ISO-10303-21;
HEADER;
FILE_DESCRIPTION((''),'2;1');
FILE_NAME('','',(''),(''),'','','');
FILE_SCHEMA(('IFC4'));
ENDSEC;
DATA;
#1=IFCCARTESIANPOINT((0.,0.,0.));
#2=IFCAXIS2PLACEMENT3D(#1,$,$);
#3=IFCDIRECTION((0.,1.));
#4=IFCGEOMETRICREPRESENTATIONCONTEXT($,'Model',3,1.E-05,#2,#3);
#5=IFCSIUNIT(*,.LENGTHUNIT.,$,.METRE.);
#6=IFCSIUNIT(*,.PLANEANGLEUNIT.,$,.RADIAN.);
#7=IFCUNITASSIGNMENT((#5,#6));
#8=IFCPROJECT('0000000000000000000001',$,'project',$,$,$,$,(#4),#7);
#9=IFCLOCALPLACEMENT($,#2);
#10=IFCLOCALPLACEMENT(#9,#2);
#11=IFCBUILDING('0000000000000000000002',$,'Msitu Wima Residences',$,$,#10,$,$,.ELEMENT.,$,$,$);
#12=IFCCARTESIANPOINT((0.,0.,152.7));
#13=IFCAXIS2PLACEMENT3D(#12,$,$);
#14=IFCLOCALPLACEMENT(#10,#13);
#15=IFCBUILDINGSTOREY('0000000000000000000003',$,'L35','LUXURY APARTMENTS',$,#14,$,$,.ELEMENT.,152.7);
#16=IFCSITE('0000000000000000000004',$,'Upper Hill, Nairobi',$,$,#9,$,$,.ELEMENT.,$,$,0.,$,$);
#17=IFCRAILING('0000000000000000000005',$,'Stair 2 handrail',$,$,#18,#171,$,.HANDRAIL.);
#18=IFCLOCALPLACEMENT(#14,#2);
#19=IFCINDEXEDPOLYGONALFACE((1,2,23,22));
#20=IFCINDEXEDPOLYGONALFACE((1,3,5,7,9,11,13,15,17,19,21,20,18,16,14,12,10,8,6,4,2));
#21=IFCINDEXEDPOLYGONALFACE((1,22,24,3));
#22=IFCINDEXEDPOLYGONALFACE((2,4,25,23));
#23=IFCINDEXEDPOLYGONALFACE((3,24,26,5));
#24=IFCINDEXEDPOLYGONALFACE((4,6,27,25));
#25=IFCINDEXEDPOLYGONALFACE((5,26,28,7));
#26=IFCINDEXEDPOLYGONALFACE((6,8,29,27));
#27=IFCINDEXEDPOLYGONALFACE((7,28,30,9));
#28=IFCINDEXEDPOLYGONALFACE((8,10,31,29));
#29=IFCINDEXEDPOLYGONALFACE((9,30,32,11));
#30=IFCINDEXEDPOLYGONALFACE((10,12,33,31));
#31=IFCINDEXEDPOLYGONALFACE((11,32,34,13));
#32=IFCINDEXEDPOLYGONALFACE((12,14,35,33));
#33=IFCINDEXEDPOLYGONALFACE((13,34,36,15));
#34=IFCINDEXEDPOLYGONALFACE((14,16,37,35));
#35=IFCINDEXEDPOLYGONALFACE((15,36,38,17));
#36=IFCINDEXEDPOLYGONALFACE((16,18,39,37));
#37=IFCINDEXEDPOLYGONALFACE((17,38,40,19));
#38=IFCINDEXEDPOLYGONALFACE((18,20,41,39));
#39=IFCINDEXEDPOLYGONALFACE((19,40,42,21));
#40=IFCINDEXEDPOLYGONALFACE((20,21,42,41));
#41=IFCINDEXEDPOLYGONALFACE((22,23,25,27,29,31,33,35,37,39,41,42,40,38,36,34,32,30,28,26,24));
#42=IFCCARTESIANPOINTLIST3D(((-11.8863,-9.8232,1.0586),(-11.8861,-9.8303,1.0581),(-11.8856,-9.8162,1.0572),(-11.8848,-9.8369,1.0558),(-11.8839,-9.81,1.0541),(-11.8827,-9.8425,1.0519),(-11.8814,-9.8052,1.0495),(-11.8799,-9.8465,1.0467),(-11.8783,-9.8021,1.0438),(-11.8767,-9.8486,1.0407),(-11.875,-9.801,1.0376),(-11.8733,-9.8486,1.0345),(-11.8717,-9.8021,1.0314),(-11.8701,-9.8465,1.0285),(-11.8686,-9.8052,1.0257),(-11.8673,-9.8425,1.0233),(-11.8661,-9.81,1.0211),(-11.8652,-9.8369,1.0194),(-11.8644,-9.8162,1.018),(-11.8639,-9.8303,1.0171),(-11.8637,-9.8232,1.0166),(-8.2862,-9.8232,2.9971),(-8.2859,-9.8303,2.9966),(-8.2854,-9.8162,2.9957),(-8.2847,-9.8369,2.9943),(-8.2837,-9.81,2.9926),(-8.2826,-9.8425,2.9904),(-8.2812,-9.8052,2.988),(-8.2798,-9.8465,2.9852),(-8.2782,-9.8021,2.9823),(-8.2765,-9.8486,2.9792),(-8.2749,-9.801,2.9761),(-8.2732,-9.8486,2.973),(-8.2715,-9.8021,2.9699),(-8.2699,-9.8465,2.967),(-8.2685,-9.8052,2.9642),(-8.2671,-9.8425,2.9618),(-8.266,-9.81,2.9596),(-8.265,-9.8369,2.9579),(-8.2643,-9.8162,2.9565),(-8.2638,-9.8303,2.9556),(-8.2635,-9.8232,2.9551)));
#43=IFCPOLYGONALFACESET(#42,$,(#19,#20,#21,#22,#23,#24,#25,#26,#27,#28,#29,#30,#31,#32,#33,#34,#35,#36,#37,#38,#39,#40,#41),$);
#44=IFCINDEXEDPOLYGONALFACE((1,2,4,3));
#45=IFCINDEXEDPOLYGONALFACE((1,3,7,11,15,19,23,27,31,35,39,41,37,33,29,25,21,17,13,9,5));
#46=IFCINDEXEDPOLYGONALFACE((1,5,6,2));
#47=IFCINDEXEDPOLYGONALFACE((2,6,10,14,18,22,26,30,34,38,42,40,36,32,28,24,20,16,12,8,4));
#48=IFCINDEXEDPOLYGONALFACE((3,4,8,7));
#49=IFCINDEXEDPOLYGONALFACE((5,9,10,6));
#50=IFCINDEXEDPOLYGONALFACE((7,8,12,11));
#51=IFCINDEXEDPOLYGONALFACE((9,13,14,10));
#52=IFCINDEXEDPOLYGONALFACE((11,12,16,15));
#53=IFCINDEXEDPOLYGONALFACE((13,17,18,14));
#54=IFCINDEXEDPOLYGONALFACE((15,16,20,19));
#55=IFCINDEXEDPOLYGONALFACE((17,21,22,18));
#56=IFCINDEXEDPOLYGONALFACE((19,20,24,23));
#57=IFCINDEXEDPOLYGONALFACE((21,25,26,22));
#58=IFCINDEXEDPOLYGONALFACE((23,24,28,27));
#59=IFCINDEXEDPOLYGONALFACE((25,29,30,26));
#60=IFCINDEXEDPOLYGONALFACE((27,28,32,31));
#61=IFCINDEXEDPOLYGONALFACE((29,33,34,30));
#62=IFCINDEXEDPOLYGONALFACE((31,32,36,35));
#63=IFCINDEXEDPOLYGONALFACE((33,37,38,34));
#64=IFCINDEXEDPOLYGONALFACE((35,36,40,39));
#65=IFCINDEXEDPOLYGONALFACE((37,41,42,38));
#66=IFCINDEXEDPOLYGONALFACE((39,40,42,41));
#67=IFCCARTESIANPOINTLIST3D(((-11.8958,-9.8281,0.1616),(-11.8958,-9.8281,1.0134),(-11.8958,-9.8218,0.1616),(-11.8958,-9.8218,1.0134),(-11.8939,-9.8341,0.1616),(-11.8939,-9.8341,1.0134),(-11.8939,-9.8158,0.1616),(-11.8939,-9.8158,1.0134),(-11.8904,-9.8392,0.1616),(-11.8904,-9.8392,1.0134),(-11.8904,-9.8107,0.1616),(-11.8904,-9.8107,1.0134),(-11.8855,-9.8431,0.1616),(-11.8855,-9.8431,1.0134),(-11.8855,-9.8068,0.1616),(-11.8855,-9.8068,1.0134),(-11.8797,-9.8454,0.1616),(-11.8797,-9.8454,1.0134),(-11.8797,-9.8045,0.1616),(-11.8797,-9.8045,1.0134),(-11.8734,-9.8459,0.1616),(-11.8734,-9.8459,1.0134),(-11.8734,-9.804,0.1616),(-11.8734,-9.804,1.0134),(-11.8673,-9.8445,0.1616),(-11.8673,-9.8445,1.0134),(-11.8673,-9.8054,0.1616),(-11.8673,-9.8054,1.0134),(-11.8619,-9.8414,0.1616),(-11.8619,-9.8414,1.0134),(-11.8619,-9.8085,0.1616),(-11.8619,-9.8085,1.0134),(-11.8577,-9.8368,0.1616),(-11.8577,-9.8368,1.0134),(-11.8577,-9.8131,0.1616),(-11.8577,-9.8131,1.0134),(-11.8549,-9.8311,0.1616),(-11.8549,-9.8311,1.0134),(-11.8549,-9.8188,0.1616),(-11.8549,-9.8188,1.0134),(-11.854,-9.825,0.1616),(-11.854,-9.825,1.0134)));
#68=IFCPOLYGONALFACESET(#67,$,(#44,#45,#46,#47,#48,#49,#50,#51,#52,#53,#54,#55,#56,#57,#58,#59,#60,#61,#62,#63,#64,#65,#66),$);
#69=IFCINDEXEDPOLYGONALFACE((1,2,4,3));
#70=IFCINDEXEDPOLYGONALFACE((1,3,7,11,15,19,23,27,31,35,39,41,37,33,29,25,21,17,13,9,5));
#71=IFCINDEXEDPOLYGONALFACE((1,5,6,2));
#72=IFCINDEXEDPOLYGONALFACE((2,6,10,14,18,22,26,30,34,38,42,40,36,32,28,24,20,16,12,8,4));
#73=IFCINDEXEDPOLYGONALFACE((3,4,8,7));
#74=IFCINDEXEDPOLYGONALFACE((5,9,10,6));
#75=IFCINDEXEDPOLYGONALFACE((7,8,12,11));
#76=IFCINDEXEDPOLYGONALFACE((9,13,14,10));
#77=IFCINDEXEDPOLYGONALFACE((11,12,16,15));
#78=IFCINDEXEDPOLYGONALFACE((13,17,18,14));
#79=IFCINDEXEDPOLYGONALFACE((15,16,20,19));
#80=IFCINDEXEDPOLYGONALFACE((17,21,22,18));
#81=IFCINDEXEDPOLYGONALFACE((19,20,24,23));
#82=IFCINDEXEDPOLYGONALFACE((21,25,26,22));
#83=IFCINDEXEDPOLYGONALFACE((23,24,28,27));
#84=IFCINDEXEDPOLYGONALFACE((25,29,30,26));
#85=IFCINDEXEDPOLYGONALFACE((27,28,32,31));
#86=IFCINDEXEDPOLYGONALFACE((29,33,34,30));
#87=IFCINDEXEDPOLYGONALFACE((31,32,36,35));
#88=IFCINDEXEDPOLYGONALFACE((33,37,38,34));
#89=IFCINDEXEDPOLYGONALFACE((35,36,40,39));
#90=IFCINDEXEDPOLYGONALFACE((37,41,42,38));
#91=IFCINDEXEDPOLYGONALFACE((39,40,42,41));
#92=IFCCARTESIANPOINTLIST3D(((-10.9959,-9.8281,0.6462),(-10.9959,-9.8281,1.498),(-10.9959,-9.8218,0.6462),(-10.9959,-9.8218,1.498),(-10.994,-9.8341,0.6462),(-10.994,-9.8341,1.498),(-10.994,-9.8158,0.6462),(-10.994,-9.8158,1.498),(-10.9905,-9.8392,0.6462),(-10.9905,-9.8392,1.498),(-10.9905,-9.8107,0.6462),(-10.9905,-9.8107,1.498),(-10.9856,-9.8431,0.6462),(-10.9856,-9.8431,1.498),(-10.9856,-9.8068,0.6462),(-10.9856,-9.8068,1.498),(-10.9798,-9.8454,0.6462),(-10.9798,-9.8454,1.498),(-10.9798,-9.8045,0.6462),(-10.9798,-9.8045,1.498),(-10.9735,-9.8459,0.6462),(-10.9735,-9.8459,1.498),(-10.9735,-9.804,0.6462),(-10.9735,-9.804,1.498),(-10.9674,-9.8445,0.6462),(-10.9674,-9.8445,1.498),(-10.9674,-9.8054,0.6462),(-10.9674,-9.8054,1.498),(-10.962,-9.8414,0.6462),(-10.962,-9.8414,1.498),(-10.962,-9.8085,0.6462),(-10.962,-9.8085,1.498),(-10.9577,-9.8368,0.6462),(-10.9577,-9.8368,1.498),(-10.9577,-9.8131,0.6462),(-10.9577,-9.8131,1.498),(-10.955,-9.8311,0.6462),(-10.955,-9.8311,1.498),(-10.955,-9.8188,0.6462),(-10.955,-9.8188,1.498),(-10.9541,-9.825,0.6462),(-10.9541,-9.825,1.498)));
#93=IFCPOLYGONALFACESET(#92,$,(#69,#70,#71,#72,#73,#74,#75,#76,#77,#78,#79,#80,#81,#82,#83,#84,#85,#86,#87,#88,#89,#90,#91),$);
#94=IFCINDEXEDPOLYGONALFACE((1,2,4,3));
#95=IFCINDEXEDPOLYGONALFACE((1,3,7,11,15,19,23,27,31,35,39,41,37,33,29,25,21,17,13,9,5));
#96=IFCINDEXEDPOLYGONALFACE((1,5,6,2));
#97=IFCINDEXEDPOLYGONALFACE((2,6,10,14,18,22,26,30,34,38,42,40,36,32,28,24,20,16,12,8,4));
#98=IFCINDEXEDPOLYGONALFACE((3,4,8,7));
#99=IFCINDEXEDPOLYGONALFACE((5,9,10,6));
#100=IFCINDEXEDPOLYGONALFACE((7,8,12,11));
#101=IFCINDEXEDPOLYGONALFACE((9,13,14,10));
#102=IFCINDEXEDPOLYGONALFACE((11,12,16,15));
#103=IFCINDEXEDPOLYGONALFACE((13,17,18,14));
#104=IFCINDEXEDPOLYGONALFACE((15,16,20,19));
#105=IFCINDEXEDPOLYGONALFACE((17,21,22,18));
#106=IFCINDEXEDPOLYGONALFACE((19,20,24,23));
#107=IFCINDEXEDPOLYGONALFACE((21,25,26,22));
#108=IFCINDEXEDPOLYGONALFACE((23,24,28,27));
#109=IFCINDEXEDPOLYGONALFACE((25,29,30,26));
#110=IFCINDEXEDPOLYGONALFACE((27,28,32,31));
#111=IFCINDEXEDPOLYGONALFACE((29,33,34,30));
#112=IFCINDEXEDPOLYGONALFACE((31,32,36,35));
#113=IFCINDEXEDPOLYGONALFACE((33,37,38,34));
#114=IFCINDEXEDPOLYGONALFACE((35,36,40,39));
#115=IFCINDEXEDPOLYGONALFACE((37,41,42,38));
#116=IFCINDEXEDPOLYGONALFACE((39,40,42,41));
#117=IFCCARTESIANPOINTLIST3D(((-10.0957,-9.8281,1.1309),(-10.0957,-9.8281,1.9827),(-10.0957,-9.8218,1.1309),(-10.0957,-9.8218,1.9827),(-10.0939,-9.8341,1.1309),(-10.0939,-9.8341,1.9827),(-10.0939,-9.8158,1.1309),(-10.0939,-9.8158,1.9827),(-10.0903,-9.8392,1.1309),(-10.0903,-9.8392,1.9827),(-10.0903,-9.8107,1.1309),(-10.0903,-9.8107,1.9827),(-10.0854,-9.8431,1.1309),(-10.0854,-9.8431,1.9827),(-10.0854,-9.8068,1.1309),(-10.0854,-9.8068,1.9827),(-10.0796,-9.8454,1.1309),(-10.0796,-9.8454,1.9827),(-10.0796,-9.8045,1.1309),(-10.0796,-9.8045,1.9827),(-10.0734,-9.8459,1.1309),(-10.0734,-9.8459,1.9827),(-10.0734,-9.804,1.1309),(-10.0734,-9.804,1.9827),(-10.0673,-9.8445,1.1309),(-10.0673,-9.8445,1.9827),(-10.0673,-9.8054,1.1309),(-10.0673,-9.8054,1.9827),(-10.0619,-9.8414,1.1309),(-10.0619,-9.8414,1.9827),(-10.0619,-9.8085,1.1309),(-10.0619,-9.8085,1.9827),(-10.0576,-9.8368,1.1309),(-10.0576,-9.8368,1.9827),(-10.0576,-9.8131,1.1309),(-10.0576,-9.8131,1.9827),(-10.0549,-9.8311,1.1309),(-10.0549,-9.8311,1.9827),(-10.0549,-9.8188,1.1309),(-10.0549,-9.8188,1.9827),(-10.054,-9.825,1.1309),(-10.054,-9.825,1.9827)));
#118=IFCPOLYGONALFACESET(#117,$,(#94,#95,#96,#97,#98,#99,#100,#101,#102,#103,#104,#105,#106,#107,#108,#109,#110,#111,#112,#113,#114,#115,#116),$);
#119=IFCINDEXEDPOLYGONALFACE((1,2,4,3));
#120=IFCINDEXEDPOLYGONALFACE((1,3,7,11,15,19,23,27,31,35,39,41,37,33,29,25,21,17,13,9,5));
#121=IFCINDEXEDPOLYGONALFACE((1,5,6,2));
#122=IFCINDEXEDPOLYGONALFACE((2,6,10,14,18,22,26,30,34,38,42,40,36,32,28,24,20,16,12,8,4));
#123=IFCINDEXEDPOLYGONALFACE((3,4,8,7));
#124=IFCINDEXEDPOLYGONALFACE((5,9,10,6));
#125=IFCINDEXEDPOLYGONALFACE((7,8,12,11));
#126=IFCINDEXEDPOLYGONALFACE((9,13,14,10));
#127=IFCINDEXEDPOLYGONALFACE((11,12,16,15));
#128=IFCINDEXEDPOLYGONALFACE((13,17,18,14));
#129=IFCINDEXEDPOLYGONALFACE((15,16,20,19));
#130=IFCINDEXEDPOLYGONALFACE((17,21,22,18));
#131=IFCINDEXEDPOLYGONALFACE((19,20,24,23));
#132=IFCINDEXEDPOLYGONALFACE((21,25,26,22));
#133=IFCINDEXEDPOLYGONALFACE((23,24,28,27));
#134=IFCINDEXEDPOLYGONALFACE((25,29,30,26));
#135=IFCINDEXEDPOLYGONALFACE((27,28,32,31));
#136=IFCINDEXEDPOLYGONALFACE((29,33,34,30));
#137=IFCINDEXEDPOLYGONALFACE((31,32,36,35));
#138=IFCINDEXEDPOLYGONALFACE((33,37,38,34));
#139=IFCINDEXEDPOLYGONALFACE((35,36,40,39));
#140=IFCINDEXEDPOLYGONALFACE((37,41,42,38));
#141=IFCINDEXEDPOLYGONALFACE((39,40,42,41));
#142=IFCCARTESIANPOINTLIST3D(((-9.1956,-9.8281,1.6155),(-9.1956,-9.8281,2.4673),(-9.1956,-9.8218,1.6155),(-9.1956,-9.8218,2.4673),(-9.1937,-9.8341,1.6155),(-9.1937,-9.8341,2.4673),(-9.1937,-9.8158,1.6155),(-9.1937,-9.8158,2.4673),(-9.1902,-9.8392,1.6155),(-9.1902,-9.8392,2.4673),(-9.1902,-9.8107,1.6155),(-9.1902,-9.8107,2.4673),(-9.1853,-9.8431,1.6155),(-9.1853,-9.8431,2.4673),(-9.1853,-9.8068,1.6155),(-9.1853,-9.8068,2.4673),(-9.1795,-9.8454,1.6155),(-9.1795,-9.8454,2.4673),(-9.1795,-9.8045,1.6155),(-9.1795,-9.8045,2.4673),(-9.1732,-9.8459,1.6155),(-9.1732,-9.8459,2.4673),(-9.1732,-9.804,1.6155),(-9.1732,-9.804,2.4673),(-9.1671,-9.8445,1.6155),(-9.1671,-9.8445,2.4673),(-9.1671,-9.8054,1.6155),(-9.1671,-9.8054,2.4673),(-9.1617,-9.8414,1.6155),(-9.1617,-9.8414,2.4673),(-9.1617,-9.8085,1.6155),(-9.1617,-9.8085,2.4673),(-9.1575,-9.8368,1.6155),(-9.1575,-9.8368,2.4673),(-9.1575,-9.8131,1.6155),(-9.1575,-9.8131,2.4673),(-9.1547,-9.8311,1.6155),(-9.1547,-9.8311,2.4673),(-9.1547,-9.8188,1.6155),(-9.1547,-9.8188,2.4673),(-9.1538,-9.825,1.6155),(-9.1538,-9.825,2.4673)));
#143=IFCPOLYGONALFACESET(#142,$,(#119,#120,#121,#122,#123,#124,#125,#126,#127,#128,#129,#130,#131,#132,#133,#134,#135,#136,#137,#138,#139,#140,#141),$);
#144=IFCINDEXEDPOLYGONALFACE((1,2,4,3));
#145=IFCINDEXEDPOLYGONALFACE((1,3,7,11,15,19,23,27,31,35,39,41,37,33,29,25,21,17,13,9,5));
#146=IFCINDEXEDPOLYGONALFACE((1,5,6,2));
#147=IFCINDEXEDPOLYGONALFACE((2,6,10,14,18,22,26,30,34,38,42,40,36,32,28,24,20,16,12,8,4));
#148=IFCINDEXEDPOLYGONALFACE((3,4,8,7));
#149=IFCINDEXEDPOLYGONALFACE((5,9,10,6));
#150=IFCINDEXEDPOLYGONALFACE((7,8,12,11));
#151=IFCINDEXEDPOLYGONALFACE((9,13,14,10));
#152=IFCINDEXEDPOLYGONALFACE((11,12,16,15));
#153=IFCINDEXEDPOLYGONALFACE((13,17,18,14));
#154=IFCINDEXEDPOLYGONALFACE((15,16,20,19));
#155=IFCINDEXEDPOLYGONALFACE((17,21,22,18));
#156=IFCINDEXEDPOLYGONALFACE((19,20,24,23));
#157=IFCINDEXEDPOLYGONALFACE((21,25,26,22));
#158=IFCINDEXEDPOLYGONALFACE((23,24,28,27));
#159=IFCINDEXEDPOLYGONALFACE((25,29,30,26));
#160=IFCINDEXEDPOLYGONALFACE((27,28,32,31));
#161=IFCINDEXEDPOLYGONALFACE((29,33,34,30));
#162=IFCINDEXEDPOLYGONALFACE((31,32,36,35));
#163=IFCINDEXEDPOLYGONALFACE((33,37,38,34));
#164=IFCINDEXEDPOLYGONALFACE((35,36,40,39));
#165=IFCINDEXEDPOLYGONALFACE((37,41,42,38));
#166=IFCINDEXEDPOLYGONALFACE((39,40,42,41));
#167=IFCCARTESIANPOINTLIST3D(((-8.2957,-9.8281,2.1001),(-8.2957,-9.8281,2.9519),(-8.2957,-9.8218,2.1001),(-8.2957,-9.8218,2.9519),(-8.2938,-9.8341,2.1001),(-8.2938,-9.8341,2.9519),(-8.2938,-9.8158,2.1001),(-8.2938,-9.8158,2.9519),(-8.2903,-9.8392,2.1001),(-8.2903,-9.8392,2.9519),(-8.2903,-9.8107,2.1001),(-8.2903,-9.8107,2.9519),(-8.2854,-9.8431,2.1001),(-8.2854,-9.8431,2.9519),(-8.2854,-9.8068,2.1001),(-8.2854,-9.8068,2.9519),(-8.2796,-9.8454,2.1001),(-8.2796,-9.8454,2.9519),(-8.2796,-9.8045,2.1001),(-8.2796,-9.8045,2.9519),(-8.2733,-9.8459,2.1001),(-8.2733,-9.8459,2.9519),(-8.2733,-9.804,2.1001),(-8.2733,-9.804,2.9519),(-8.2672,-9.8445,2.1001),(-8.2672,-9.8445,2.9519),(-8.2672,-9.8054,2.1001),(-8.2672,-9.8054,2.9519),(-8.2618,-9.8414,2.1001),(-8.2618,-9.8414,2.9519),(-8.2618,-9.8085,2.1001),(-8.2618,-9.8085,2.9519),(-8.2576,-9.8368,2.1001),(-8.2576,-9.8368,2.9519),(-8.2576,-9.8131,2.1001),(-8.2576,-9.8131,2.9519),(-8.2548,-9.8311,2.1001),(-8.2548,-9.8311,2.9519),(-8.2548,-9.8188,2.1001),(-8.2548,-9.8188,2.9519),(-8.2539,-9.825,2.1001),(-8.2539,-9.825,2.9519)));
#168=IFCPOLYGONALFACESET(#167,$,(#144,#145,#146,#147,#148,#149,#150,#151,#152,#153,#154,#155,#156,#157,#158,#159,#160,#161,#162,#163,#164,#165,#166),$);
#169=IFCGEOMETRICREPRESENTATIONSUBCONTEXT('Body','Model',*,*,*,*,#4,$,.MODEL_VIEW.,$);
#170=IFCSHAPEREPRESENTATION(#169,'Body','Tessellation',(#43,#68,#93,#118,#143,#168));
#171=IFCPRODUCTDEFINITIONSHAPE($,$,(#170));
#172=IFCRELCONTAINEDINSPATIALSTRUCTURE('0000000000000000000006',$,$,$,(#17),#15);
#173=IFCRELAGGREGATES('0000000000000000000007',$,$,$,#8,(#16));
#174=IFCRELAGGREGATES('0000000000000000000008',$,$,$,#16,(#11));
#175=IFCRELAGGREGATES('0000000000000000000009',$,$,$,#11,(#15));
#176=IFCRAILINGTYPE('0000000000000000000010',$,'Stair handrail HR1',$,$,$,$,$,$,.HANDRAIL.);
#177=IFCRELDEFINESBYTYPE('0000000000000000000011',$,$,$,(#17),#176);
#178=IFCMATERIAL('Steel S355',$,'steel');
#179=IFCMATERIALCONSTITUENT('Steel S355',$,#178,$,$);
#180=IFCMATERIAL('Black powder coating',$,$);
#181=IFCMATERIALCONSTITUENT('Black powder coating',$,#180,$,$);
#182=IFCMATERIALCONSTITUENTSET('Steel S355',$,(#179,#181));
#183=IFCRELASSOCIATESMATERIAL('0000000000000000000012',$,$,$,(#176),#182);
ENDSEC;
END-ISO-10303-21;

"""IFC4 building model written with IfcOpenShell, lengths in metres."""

from ifc_helpers import new_model, si_unit, direction, frame, origin, origin_2d, place, context, subcontext, project, spatial, circle, extrude, material, constituent, constituent_set, type_object, element, save


model = new_model("IFC4")

# Units and contexts
model_context = context("Model", 3, precision=1e-05, world=origin(), true_north=direction((0.0, 1.0)))
body_context = subcontext(model_context, "Body", "Model", "MODEL_VIEW")
ifc_project = project(units=[si_unit("LENGTHUNIT", "METRE"), si_unit("PLANEANGLEUNIT", "RADIAN")], contexts=[model_context])

# Site, building, storey
site_placement = place(None, origin())
site = spatial("IfcSite", under=ifc_project, at=site_placement, Name="Upper Hill, Nairobi", CompositionType="ELEMENT", RefElevation=0.0)
building_placement = place(site_placement, origin())
building = spatial("IfcBuilding", under=site, at=building_placement, Name="Msitu Wima Residences", CompositionType="ELEMENT")
storey_placement = place(building_placement, frame((0.0, 0.0, 152.7)))
storey = spatial("IfcBuildingStorey", under=building, at=storey_placement, Name="L35", Description="LUXURY APARTMENTS", CompositionType="ELEMENT", Elevation=152.7)

# Railing
ifc_material_1 = material(Name="Steel S355", Category="steel")
ifc_constituent_1 = constituent(ifc_material_1, Name="Steel S355")
ifc_material_2 = material(Name="Black powder coating")
ifc_constituent_2 = constituent(ifc_material_2, Name="Black powder coating")
ifc_constituent_set = constituent_set(constituents=[ifc_constituent_1, ifc_constituent_2], Name="Steel S355")
railing_type = type_object("IfcRailingType", Name="Stair handrail HR1", PredefinedType="HANDRAIL", material=ifc_constituent_set)
for number, where, name in (
    (1, (-11.875, -9.825, 0.1616), "Stair 2 handrail"),
):
    element("IfcRailing", number, at=place(storey_placement, frame(where)), inside=storey, type_object=railing_type, Name=name, PredefinedType="HANDRAIL", context=body_context, shape_type="SweptSolid", body=[
        extrude(circle(Radius=0.0239, at=origin_2d()), frame((0.0, 0.0, 0.876), z_axis=(0.880475, 0.0, 0.474093), x_axis=(0.0, 1.0, 0.0)), (0.0, 0.0, 1.0), 4.0889),
        extrude(circle(Radius=0.021, at=origin_2d()), origin(), (0.0, 0.0, 1.0), 0.8518),
        extrude(circle(Radius=0.021, at=origin_2d()), frame((0.8999, 0.0, 0.4846)), (0.0, 0.0, 1.0), 0.8518),
        extrude(circle(Radius=0.021, at=origin_2d()), frame((1.8, 0.0, 0.9692)), (0.0, 0.0, 1.0), 0.8518),
        extrude(circle(Radius=0.021, at=origin_2d()), frame((2.7002, 0.0, 1.4539)), (0.0, 0.0, 1.0), 0.8518),
        extrude(circle(Radius=0.021, at=origin_2d()), frame((3.6001, 0.0, 1.9385)), (0.0, 0.0, 1.0), 0.8518),
    ])

save(model, "model.ifc")
